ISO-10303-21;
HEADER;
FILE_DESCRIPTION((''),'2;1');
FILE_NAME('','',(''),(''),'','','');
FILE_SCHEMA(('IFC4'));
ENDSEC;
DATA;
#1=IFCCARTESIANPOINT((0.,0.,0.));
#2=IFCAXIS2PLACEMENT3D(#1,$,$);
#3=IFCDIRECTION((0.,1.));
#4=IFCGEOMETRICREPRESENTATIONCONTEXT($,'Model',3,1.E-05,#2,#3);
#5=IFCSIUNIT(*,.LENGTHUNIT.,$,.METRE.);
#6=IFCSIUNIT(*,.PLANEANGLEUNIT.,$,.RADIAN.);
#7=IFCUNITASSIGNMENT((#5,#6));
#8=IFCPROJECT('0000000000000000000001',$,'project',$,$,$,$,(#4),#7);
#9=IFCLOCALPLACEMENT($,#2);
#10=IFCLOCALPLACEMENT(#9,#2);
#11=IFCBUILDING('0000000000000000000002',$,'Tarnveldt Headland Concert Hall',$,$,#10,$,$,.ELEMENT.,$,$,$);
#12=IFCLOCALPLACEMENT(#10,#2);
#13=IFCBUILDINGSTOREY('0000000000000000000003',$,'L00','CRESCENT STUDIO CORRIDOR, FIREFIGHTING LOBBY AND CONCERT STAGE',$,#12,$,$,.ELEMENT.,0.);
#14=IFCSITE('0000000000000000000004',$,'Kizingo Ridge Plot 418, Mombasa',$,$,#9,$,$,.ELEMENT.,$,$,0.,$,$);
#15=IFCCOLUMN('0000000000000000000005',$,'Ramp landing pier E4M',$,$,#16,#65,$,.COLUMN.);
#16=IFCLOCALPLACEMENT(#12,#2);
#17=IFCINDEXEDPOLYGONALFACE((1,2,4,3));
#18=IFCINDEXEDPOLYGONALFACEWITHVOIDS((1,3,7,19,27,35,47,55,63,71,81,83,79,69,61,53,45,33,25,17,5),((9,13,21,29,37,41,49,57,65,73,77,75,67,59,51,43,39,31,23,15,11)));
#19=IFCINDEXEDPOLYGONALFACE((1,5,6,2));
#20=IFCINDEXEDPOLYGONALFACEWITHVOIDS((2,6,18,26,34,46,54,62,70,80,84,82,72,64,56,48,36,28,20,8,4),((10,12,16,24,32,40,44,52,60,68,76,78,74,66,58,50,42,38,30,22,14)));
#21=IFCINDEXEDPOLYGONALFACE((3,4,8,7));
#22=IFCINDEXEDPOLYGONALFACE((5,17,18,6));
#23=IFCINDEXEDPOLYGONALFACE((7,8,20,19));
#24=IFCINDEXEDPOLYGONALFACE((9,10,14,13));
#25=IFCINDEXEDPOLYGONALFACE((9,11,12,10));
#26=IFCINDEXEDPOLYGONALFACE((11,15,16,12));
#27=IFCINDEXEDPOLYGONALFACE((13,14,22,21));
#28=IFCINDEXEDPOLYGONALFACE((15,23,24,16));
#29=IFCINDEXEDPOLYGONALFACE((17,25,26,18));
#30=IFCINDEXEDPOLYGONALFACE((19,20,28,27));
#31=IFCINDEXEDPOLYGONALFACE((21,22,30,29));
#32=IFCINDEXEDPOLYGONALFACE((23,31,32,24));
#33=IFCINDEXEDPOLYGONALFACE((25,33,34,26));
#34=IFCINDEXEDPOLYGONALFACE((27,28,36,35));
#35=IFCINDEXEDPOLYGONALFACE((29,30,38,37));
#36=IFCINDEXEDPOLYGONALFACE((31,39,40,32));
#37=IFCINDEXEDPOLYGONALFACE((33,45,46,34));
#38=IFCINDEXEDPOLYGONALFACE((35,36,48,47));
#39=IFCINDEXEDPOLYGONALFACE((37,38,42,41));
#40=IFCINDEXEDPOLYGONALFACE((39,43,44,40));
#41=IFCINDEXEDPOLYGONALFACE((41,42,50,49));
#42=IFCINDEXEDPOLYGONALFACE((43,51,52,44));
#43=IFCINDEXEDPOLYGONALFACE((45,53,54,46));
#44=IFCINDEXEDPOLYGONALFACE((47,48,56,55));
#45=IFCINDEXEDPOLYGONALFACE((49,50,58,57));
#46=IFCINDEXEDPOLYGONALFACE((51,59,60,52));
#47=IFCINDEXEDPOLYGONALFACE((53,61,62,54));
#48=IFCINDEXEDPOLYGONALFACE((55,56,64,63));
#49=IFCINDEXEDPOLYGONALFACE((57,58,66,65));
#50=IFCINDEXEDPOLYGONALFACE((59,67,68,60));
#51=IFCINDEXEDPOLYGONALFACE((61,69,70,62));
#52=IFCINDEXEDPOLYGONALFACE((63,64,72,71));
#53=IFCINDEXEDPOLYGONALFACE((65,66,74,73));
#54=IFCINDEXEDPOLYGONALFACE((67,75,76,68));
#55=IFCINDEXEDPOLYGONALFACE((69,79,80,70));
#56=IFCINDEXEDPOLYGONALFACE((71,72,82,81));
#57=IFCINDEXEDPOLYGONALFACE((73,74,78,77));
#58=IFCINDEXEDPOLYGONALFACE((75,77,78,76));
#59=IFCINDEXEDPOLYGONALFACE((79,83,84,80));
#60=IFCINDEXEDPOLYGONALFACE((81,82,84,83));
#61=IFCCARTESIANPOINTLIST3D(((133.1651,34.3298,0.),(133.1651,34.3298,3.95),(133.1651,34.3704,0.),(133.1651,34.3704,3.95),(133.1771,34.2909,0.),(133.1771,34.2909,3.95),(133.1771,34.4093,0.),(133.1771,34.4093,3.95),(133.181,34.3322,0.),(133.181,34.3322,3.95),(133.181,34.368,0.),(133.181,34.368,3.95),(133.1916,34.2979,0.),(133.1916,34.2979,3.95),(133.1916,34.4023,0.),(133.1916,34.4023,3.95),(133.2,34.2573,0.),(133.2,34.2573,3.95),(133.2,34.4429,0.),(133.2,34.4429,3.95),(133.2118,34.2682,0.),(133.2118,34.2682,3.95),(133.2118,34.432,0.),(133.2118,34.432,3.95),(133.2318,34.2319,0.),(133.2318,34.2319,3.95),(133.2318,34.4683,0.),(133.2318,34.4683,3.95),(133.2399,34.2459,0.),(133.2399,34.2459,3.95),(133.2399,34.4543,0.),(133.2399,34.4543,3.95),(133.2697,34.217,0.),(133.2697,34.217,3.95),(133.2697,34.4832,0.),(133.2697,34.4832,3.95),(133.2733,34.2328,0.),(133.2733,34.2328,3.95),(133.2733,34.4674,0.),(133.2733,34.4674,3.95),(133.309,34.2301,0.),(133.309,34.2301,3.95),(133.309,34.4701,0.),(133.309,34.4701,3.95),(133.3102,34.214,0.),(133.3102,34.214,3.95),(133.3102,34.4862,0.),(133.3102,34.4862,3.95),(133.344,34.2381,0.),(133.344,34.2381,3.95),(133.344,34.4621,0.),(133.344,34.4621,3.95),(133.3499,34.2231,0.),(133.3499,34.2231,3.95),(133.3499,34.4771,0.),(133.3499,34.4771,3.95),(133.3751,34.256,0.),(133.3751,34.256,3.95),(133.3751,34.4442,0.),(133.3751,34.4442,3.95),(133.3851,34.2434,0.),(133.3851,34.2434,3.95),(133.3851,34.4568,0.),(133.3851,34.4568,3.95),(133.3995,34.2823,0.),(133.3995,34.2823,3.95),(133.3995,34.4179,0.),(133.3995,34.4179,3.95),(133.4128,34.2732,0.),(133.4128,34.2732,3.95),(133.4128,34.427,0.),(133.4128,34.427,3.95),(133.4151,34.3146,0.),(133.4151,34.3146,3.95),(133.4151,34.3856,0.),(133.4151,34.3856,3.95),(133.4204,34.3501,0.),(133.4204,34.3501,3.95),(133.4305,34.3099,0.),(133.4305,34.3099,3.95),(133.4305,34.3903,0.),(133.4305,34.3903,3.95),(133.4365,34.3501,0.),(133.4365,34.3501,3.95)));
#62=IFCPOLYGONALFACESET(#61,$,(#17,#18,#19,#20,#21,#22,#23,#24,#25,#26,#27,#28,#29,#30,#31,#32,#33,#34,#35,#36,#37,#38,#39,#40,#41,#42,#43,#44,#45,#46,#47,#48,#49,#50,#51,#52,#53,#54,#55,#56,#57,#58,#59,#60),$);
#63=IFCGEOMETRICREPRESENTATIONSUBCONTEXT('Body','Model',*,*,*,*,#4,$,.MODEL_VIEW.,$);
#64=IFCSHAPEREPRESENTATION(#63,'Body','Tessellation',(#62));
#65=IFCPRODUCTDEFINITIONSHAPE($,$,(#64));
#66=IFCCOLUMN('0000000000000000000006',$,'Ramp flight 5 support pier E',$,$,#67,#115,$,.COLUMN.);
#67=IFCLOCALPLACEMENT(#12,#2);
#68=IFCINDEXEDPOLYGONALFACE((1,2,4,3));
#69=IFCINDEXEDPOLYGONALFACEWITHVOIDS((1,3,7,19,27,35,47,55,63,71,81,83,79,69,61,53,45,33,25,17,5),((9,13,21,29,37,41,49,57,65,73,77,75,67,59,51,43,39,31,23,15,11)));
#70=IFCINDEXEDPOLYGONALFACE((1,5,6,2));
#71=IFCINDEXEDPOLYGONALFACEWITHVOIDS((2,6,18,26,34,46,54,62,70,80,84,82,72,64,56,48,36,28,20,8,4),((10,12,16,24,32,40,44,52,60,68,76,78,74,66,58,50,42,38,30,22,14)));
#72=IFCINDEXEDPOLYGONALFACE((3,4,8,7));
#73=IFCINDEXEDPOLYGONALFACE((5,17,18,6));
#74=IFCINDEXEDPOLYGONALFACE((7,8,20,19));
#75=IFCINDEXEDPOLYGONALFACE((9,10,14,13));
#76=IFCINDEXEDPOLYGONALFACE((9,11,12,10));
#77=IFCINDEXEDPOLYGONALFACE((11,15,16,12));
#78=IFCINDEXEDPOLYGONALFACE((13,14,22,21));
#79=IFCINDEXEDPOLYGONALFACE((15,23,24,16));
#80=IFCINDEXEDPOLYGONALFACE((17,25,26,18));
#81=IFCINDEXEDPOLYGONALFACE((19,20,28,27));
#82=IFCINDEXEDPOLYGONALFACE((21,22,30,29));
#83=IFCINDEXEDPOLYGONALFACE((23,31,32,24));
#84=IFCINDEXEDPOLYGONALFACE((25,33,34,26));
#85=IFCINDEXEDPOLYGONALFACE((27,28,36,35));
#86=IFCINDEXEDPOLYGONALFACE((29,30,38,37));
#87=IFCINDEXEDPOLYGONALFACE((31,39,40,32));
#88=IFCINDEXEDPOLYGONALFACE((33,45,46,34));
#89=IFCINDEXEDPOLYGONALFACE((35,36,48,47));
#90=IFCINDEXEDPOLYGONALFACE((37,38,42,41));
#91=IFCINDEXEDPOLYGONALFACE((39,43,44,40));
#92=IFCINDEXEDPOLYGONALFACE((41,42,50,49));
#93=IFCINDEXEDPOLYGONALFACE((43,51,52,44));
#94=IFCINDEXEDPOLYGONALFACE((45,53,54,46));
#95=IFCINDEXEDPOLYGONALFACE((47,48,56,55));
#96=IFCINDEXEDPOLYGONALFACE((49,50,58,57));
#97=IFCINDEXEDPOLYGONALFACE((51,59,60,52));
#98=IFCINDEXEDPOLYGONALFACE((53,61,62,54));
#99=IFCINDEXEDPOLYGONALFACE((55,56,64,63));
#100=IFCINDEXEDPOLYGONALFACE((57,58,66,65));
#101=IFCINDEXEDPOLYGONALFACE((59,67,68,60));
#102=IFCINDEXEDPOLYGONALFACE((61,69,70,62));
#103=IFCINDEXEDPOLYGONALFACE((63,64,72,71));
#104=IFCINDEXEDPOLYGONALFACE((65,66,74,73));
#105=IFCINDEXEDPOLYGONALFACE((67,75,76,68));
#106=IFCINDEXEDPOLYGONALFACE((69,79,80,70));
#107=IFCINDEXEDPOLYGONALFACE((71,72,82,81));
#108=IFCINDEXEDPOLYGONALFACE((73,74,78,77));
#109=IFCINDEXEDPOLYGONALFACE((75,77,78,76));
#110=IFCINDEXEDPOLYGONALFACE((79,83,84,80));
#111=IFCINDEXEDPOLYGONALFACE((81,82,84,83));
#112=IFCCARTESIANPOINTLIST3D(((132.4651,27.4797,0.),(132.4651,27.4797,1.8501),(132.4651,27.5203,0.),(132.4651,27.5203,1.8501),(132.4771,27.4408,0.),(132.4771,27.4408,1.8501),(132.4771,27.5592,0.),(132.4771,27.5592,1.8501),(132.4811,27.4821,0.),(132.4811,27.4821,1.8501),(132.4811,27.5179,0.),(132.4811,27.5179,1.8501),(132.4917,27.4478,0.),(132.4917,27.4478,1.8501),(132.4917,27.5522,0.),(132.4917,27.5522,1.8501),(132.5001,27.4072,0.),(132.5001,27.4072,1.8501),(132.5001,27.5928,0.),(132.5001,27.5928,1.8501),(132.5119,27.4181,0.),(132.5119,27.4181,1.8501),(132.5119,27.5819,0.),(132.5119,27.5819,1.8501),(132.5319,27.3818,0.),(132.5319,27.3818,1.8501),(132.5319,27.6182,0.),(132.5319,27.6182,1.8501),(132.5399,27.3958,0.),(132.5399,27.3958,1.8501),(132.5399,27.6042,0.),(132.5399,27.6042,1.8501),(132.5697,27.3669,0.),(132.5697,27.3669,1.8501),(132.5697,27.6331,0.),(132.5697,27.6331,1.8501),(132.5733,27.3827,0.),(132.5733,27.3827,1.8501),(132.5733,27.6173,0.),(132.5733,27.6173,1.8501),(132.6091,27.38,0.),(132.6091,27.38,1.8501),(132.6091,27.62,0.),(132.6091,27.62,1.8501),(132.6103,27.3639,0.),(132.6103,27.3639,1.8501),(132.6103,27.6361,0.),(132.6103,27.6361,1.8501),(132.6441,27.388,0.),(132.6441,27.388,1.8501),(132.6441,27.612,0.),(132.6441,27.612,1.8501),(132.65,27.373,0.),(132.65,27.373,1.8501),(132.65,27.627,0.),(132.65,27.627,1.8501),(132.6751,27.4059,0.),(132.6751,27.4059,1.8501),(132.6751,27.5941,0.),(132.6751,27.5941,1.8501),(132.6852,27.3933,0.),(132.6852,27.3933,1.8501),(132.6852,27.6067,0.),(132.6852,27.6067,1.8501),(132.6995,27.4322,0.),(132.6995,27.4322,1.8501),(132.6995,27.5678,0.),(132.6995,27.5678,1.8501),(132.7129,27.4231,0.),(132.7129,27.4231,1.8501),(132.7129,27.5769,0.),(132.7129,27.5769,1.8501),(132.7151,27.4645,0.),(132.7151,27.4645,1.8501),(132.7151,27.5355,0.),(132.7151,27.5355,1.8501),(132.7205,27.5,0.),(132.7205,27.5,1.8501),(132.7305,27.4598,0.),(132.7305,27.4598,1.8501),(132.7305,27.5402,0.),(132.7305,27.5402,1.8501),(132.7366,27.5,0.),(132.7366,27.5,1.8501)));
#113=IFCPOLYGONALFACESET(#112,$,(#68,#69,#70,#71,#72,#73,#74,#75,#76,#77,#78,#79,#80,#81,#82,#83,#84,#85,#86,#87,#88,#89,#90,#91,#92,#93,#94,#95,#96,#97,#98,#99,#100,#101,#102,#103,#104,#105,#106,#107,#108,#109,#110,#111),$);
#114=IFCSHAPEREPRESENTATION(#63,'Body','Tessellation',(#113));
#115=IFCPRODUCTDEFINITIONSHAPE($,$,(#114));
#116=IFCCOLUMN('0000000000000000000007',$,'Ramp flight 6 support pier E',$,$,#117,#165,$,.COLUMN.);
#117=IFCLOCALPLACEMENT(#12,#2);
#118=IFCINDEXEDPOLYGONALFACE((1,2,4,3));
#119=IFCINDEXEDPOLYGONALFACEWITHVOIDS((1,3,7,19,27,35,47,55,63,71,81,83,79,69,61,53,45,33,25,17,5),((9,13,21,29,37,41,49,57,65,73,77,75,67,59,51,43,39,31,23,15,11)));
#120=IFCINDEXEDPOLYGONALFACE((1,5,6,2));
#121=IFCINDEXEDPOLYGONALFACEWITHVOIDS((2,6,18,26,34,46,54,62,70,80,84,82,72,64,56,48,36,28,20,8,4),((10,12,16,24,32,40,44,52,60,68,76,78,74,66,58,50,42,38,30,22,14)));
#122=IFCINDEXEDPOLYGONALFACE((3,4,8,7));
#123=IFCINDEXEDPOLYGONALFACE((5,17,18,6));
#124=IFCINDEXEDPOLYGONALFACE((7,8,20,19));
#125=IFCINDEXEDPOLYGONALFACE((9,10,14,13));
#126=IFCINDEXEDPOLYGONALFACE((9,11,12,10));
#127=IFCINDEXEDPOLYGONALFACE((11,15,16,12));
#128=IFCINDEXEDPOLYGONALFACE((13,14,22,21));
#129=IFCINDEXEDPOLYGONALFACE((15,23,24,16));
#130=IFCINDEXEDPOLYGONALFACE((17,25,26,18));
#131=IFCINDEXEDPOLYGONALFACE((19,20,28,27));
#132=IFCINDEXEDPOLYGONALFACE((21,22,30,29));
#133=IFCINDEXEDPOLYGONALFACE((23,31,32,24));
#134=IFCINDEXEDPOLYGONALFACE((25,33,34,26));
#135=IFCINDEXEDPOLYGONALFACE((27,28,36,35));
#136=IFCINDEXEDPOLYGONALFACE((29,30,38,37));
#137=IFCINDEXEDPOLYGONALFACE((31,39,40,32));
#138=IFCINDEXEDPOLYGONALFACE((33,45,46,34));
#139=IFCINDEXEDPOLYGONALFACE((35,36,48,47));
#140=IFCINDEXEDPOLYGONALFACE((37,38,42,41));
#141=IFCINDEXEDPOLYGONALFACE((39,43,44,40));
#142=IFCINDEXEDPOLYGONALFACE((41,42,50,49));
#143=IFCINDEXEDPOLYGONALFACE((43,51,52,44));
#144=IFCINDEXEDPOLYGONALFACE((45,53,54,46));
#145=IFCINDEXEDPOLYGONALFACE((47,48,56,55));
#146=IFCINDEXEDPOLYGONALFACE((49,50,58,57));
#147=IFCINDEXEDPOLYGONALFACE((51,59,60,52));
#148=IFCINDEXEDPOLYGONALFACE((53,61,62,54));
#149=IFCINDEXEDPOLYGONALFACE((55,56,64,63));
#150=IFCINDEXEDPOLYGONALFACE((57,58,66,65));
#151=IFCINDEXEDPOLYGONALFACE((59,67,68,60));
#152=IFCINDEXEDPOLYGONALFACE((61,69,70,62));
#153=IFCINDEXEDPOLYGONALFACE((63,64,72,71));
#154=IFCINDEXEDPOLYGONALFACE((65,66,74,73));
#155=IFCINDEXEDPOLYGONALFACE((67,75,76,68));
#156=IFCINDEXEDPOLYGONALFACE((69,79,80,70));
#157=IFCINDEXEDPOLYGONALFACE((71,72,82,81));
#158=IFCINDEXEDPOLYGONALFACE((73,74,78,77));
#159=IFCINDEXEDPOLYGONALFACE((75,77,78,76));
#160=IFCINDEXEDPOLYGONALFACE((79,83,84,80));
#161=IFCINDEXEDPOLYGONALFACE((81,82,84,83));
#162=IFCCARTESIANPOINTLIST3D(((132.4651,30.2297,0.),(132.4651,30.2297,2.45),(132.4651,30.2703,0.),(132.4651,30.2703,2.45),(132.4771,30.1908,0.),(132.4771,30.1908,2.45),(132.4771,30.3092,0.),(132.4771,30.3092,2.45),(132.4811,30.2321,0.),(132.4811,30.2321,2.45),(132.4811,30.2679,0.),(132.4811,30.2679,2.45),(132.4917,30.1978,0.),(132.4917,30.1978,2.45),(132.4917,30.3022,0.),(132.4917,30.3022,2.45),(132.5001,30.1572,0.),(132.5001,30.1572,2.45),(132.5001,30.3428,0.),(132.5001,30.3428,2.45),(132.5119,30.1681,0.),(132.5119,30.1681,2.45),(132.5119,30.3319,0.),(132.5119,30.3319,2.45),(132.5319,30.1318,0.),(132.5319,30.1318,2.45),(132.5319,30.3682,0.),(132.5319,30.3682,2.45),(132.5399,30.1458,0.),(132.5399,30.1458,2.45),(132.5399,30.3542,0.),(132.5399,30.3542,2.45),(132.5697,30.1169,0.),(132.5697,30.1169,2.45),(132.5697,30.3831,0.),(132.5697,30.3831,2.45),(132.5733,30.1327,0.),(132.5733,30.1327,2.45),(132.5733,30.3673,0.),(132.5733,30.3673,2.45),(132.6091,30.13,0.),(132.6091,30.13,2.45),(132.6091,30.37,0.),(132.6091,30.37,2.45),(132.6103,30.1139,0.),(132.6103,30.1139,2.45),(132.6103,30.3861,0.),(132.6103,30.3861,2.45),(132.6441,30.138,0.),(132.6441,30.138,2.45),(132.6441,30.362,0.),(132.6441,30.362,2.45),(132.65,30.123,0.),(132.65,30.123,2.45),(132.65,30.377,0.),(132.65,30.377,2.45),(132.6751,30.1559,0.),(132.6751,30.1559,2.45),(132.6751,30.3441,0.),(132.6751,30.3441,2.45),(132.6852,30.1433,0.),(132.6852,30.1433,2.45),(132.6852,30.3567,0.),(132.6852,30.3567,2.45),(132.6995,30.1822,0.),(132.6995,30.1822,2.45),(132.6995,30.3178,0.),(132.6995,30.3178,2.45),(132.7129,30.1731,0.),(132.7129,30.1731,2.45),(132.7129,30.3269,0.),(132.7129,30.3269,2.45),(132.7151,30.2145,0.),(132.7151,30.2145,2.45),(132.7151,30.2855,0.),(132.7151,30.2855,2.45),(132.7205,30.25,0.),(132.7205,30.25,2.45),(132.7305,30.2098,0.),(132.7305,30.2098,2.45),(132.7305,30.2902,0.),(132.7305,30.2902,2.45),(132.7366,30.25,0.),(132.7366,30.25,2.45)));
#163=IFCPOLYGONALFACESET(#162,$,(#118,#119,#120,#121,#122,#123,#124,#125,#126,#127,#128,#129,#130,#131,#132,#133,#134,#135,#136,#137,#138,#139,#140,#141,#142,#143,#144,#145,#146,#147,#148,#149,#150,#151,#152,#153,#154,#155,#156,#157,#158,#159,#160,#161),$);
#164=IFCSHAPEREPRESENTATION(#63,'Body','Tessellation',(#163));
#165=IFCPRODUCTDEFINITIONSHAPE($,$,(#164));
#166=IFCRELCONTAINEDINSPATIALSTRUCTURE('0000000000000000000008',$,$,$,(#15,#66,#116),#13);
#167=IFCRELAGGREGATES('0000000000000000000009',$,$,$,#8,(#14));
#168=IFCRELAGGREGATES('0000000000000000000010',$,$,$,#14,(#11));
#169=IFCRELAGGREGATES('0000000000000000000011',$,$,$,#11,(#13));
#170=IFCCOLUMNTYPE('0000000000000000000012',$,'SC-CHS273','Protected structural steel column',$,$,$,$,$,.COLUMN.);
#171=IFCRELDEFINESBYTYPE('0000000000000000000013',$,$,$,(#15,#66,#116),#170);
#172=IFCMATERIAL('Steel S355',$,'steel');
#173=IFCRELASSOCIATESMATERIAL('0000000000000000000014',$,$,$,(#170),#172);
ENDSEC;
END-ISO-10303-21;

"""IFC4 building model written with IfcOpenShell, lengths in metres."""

from ifc_helpers import new_model, si_unit, direction, frame, origin, origin_2d, place, context, subcontext, project, spatial, hollow_circle, extrude, material, material_profile, profile_set, type_object, element, save


model = new_model("IFC4")

# Units and contexts
model_context = context("Model", 3, precision=1e-05, world=origin(), true_north=direction((0.0, 1.0)))
body_context = subcontext(model_context, "Body", "Model", "MODEL_VIEW")
ifc_project = project(units=[si_unit("LENGTHUNIT", "METRE"), si_unit("PLANEANGLEUNIT", "RADIAN")], contexts=[model_context])

# Site, building, storey
site_placement = place(None, origin())
site = spatial("IfcSite", under=ifc_project, at=site_placement, Name="Kizingo Ridge Plot 418, Mombasa", CompositionType="ELEMENT", RefElevation=0.0)
building_placement = place(site_placement, origin())
building = spatial("IfcBuilding", under=site, at=building_placement, Name="Tarnveldt Headland Concert Hall", CompositionType="ELEMENT")
storey_placement = place(building_placement, origin())
storey = spatial("IfcBuildingStorey", under=building, at=storey_placement, Name="L00", Description="CRESCENT STUDIO CORRIDOR, FIREFIGHTING LOBBY AND CONCERT STAGE", CompositionType="ELEMENT", Elevation=0.0)

# Columns
ifc_material_1 = material(Name="Steel S355", Category="steel")
ifc_material_profile_1 = material_profile(ifc_material_1, hollow_circle(Radius=0.1365, WallThickness=0.0161, at=origin_2d()), Name="CHS 273x16", Category="steel")
ifc_profile_set_1 = profile_set([ifc_material_profile_1], Name="Steel S355")
column_type_1 = type_object("IfcColumnType", Name="SC-CHS273", Description="Protected structural steel column", PredefinedType="COLUMN", material=ifc_profile_set_1)
for number, where, z_axis, x_axis, name in (
    (1, (133.3, 34.3501, 0.0), (0.0, 0.0, 1.0), (1.0, 0.0, 0.0), "Ramp landing pier E4M"),
):
    element("IfcColumn", number, at=place(storey_placement, frame(where, z_axis=z_axis, x_axis=x_axis)), inside=storey, type_object=column_type_1, Name=name, PredefinedType="COLUMN", context=body_context, shape_type="SweptSolid", body=[
        extrude(hollow_circle(Radius=0.1365, WallThickness=0.0161, at=origin_2d()), origin(), (0.0, 0.0, 1.0), 3.95),
    ])
column_1_placement = place(storey_placement, frame((132.6001, 27.5, 0.0), z_axis=(0.0, 0.0, 1.0), x_axis=(1.0, 0.0, 0.0)))
element("IfcColumn", 2, at=column_1_placement, inside=storey, type_object=column_type_1, Name="Ramp flight 5 support pier E", PredefinedType="COLUMN", context=body_context, shape_type="SweptSolid", body=[
    extrude(hollow_circle(Radius=0.1365, WallThickness=0.0161, at=origin_2d()), origin(), (0.0, 0.0, 1.0), 1.8501),
])
column_2_placement = place(storey_placement, frame((132.6001, 30.25, 0.0), z_axis=(0.0, 0.0, 1.0), x_axis=(1.0, 0.0, 0.0)))
element("IfcColumn", 3, at=column_2_placement, inside=storey, type_object=column_type_1, Name="Ramp flight 6 support pier E", PredefinedType="COLUMN", context=body_context, shape_type="SweptSolid", body=[
    extrude(hollow_circle(Radius=0.1365, WallThickness=0.0161, at=origin_2d()), origin(), (0.0, 0.0, 1.0), 2.45),
])

save(model, "model.ifc")
